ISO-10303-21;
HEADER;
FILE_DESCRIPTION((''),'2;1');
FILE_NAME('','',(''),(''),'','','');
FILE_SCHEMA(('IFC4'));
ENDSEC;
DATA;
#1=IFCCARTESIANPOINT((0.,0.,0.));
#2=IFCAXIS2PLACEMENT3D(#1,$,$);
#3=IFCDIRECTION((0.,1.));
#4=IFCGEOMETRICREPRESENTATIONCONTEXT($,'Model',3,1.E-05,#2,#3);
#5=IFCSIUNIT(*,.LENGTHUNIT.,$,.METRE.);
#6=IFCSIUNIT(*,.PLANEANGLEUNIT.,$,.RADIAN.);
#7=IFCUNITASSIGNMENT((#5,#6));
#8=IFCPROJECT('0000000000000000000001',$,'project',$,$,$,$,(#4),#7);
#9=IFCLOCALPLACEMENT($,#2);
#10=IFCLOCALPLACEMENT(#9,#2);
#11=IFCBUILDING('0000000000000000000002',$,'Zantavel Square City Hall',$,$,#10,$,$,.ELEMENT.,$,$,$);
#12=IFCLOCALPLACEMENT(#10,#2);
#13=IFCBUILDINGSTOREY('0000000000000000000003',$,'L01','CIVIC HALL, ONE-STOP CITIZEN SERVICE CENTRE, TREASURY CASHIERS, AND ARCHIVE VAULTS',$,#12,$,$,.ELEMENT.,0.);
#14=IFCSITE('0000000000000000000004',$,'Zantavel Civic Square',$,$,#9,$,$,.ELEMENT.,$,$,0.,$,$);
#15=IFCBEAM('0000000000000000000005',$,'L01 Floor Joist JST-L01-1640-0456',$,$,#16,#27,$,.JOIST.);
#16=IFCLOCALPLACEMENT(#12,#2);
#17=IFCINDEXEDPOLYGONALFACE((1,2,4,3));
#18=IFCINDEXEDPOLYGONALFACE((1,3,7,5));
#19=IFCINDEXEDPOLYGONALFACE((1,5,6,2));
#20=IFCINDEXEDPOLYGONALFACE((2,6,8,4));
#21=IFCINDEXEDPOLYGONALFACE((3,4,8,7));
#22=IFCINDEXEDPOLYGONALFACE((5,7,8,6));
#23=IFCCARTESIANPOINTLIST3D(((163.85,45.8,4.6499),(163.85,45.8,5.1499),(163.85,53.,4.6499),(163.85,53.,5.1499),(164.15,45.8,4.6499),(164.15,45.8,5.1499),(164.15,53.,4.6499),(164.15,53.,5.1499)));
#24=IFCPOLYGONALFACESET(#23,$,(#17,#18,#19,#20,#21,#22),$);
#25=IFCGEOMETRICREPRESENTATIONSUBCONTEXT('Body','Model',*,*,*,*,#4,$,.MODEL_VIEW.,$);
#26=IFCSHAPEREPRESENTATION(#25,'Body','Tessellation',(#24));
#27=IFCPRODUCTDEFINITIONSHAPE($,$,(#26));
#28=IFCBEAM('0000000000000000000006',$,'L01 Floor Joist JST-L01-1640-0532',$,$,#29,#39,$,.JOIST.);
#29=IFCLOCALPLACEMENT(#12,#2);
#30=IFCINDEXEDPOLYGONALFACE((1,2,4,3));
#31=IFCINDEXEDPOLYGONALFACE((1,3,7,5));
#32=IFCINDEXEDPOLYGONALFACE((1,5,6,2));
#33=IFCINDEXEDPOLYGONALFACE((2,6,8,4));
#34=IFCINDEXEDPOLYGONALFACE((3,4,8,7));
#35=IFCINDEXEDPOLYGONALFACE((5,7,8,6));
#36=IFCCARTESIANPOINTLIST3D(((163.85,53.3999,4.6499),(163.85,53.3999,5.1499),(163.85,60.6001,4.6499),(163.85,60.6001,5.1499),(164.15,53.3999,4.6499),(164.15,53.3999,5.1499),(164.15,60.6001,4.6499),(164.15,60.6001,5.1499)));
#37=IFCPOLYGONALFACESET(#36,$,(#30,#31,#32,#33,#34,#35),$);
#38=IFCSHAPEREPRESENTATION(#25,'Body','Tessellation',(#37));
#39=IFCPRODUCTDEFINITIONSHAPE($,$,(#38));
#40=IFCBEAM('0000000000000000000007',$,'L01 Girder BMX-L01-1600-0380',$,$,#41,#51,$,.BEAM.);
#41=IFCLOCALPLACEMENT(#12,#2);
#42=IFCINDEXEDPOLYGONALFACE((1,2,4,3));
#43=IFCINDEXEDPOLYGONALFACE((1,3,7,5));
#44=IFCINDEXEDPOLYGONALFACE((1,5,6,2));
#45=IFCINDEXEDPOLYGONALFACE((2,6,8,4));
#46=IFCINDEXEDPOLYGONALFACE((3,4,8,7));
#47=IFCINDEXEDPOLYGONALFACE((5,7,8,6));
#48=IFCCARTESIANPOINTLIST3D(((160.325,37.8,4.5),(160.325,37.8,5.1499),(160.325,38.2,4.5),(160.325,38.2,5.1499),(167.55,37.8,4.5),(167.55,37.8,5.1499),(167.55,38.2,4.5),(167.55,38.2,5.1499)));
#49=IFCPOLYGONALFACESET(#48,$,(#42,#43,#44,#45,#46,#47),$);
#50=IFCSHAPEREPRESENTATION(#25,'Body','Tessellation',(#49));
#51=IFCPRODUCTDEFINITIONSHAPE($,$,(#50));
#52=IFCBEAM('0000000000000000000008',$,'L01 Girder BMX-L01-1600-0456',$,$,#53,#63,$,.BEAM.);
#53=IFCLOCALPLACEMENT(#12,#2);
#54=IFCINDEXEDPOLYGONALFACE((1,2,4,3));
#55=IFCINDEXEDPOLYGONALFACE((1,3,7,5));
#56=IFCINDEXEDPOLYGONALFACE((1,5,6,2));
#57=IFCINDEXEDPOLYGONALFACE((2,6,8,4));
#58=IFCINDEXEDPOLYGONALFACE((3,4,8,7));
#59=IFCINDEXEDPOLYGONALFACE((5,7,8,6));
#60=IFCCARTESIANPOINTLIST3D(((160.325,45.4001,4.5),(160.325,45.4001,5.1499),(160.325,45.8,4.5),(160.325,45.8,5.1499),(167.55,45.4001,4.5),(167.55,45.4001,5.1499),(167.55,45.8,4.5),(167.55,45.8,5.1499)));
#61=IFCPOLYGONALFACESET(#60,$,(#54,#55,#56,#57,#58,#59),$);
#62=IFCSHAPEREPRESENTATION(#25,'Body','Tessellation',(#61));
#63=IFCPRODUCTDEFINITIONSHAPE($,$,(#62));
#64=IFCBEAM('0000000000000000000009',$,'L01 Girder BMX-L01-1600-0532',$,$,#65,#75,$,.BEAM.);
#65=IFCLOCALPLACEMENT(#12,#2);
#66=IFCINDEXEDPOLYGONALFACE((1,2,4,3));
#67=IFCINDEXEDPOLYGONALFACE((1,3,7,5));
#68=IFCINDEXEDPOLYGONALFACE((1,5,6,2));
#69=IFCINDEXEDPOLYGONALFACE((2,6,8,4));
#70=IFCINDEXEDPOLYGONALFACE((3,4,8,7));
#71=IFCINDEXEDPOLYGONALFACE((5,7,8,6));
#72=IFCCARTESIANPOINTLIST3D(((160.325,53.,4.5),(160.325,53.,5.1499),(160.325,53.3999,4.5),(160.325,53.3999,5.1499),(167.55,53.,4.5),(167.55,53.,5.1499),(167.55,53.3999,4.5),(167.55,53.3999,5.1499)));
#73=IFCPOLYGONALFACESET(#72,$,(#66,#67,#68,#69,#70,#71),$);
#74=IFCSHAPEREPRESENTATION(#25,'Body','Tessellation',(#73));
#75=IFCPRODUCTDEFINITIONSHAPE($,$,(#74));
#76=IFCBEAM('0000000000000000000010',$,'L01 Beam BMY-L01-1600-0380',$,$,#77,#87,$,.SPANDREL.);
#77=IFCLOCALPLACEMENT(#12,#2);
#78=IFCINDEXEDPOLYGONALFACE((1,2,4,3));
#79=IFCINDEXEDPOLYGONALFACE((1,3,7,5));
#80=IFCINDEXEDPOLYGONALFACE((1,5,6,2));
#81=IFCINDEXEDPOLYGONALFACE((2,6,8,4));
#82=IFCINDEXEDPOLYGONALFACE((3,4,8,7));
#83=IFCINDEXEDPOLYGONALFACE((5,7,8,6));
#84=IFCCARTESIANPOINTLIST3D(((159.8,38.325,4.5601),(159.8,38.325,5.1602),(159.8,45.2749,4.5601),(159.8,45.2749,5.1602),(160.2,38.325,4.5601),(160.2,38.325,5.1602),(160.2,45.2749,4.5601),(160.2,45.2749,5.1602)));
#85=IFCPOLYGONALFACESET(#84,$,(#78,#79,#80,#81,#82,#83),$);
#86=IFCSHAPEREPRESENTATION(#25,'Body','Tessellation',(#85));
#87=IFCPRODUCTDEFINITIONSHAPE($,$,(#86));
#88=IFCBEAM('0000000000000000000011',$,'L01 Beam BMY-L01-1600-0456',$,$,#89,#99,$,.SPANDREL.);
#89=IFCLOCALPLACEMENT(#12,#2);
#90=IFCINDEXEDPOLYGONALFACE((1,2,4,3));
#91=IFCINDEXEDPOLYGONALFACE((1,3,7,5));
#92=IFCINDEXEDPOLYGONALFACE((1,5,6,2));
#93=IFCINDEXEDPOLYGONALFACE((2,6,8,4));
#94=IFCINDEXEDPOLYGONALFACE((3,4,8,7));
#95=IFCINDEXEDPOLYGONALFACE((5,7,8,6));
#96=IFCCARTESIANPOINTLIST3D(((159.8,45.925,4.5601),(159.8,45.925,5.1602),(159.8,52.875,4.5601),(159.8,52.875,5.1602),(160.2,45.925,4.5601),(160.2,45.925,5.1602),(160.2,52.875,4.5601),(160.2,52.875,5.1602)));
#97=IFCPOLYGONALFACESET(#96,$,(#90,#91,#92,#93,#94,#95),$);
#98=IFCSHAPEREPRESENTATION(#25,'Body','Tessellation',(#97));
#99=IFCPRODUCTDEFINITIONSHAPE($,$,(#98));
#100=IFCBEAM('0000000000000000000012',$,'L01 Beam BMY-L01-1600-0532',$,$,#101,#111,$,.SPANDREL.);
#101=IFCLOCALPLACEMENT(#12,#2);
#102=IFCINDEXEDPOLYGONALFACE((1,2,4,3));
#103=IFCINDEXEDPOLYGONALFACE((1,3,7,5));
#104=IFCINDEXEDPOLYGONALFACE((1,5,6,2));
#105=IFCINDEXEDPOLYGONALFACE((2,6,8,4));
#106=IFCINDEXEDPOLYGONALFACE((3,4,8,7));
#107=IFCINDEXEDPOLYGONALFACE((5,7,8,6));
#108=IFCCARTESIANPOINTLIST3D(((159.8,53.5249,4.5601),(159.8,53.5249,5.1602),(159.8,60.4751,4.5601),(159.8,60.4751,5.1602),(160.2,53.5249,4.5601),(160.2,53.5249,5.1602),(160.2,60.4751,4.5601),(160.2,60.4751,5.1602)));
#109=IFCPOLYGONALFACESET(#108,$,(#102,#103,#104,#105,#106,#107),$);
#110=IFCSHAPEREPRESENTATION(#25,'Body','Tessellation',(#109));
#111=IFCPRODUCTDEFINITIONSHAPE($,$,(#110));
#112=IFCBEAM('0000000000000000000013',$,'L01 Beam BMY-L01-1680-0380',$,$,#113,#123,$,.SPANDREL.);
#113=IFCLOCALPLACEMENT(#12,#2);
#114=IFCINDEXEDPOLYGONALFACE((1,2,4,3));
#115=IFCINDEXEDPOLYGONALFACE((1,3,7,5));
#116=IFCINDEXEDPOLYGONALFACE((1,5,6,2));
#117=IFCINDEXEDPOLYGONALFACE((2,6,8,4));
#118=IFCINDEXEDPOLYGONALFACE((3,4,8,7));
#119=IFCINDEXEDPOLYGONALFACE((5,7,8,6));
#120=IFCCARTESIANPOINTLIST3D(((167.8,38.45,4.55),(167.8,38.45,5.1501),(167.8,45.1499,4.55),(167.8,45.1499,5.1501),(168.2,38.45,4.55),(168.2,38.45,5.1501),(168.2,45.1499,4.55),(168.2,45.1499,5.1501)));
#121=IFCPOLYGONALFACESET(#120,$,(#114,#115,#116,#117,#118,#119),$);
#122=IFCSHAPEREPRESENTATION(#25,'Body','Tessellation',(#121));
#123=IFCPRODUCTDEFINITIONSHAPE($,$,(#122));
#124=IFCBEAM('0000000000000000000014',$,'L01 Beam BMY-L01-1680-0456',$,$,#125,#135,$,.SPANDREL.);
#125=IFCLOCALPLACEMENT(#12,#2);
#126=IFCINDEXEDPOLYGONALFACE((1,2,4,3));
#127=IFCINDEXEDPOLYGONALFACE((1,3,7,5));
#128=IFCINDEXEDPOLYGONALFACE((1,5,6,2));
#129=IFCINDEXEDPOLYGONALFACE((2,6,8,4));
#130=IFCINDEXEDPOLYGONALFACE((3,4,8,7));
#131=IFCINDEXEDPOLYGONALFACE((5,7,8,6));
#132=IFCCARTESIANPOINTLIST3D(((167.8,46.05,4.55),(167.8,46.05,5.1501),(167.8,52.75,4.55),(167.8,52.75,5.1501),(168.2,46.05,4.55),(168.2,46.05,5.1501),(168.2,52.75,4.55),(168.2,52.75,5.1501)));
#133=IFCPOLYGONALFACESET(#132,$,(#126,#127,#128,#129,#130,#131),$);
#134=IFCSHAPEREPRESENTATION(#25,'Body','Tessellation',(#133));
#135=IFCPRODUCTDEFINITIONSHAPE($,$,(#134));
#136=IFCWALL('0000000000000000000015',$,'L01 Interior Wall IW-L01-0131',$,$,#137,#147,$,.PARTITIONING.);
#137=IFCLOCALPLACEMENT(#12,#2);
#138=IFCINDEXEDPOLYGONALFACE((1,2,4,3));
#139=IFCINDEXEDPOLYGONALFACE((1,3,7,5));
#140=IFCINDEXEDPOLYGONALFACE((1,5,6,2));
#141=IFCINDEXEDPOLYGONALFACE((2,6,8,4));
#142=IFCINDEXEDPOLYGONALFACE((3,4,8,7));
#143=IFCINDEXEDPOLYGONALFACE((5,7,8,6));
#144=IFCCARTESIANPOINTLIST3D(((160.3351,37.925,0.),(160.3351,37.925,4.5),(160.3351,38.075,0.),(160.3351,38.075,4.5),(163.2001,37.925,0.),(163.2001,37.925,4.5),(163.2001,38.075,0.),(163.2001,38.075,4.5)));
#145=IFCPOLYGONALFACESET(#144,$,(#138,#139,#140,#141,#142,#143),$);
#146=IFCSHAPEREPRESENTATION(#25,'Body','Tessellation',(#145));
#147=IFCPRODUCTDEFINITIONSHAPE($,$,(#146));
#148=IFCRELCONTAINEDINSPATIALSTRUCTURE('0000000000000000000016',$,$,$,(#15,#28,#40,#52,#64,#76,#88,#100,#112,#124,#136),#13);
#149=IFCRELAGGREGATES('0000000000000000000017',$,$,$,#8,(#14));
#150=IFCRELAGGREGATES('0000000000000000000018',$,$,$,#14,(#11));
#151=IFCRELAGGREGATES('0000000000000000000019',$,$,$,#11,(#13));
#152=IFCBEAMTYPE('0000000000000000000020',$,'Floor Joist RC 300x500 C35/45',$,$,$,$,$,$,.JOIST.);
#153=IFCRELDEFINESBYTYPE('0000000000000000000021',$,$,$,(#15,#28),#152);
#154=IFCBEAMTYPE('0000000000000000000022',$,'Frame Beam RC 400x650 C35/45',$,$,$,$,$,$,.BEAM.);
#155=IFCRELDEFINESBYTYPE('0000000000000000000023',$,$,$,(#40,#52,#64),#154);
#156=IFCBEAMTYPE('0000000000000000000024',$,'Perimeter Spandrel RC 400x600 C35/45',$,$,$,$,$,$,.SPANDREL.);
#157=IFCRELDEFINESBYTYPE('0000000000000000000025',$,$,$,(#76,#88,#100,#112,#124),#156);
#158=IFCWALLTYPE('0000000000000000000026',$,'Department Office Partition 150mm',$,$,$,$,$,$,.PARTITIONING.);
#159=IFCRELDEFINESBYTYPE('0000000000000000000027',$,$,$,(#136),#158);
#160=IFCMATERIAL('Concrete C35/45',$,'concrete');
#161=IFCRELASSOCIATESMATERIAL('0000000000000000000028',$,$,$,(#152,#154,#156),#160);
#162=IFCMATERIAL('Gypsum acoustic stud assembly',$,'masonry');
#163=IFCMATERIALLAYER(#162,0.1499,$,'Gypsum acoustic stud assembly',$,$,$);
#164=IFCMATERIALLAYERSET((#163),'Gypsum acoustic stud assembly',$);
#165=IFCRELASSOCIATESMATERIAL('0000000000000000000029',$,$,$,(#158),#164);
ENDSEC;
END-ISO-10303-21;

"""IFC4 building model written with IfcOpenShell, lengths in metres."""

from ifc_helpers import new_model, si_unit, direction, frame, frame_2d, origin, origin_2d, place, context, subcontext, project, spatial, rectangle, extrude, material, layer, layer_set, material_profile, profile_set, type_object, element, save


model = new_model("IFC4")

# Units and contexts
model_context = context("Model", 3, precision=1e-05, world=origin(), true_north=direction((0.0, 1.0)))
body_context = subcontext(model_context, "Body", "Model", "MODEL_VIEW")
ifc_project = project(units=[si_unit("LENGTHUNIT", "METRE"), si_unit("PLANEANGLEUNIT", "RADIAN")], contexts=[model_context])

# Site, building, storey
site_placement = place(None, origin())
site = spatial("IfcSite", under=ifc_project, at=site_placement, Name="Zantavel Civic Square", CompositionType="ELEMENT", RefElevation=0.0)
building_placement = place(site_placement, origin())
building = spatial("IfcBuilding", under=site, at=building_placement, Name="Zantavel Square City Hall", CompositionType="ELEMENT")
storey_placement = place(building_placement, origin())
storey = spatial("IfcBuildingStorey", under=building, at=storey_placement, Name="L01", Description="CIVIC HALL, ONE-STOP CITIZEN SERVICE CENTRE, TREASURY CASHIERS, AND ARCHIVE VAULTS", CompositionType="ELEMENT", Elevation=0.0)

# Beams
ifc_material_1 = material(Name="Concrete C35/45", Category="concrete")
ifc_material_profile_1 = material_profile(ifc_material_1, rectangle(XDim=0.3, YDim=0.5, at=origin_2d()), Name="RC 300x500")
ifc_profile_set_1 = profile_set([ifc_material_profile_1], Name="Concrete C35/45")
beam_type_1 = type_object("IfcBeamType", Name="Floor Joist RC 300x500 C35/45", PredefinedType="JOIST", material=ifc_profile_set_1)
for number, where, z_axis, x_axis, name in (
    (1, (164.0, 45.8, 4.8999), (0.0, 1.0, 0.0), (-1.0, 0.0, 0.0), "L01 Floor Joist JST-L01-1640-0456"),
):
    element("IfcBeam", number, at=place(storey_placement, frame(where, z_axis=z_axis, x_axis=x_axis)), inside=storey, type_object=beam_type_1, Name=name, PredefinedType="JOIST", context=body_context, shape_type="SweptSolid", body=[
        extrude(rectangle(XDim=0.3, YDim=0.5, at=origin_2d()), origin(), (0.0, 0.0, 1.0), 7.2),
    ])
beam_1_placement = place(storey_placement, frame((164.0, 53.3999, 4.8999), z_axis=(0.0, 1.0, 0.0), x_axis=(-1.0, 0.0, 0.0)))
element("IfcBeam", 2, at=beam_1_placement, inside=storey, type_object=beam_type_1, Name="L01 Floor Joist JST-L01-1640-0532", PredefinedType="JOIST", context=body_context, shape_type="SweptSolid", body=[
    extrude(rectangle(XDim=0.3, YDim=0.5, at=origin_2d()), origin(), (0.0, 0.0, 1.0), 7.2002),
])
ifc_material_profile_2 = material_profile(ifc_material_1, rectangle(XDim=0.3999, YDim=0.6499, at=origin_2d()), Name="RC 400x650")
ifc_profile_set_2 = profile_set([ifc_material_profile_2], Name="Concrete C35/45")
beam_type_2 = type_object("IfcBeamType", Name="Frame Beam RC 400x650 C35/45", PredefinedType="BEAM", material=ifc_profile_set_2)
for number, where, z_axis, x_axis, name in (
    (3, (160.325, 38.0, 4.825), (1.0, 0.0, 0.0), (0.0, 1.0, 0.0), "L01 Girder BMX-L01-1600-0380"),
    (4, (160.325, 45.6001, 4.825), (1.0, 0.0, 0.0), (0.0, 1.0, 0.0), "L01 Girder BMX-L01-1600-0456"),
    (5, (160.325, 53.2, 4.825), (1.0, 0.0, 0.0), (0.0, 1.0, 0.0), "L01 Girder BMX-L01-1600-0532"),
):
    element("IfcBeam", number, at=place(storey_placement, frame(where, z_axis=z_axis, x_axis=x_axis)), inside=storey, type_object=beam_type_2, Name=name, PredefinedType="BEAM", context=body_context, shape_type="SweptSolid", body=[
        extrude(rectangle(XDim=0.3999, YDim=0.6499, at=origin_2d()), origin(), (0.0, 0.0, 1.0), 7.2251),
    ])
ifc_material_profile_3 = material_profile(ifc_material_1, rectangle(XDim=0.3999, YDim=0.6001, at=origin_2d()), Name="RC 400x600")
ifc_profile_set_3 = profile_set([ifc_material_profile_3], Name="Concrete C35/45")
beam_type_3 = type_object("IfcBeamType", Name="Perimeter Spandrel RC 400x600 C35/45", PredefinedType="SPANDREL", material=ifc_profile_set_3)
for number, where, z_axis, x_axis, name in (
    (6, (160.0, 38.325, 4.8601), (0.0, 1.0, 0.0), (-1.0, 0.0, 0.0), "L01 Beam BMY-L01-1600-0380"),
    (7, (160.0, 45.925, 4.8601), (0.0, 1.0, 0.0), (-1.0, 0.0, 0.0), "L01 Beam BMY-L01-1600-0456"),
):
    element("IfcBeam", number, at=place(storey_placement, frame(where, z_axis=z_axis, x_axis=x_axis)), inside=storey, type_object=beam_type_3, Name=name, PredefinedType="SPANDREL", context=body_context, shape_type="SweptSolid", body=[
        extrude(rectangle(XDim=0.3999, YDim=0.6001, at=origin_2d()), origin(), (0.0, 0.0, 1.0), 6.95),
    ])
beam_2_placement = place(storey_placement, frame((160.0, 53.5249, 4.8601), z_axis=(0.0, 1.0, 0.0), x_axis=(-1.0, 0.0, 0.0)))
element("IfcBeam", 8, at=beam_2_placement, inside=storey, type_object=beam_type_3, Name="L01 Beam BMY-L01-1600-0532", PredefinedType="SPANDREL", context=body_context, shape_type="SweptSolid", body=[
    extrude(rectangle(XDim=0.3999, YDim=0.6001, at=origin_2d()), origin(), (0.0, 0.0, 1.0), 6.9502),
])
for number, where, z_axis, x_axis, name in (
    (9, (168.0, 38.45, 4.8501), (0.0, 1.0, 0.0), (-1.0, 0.0, 0.0), "L01 Beam BMY-L01-1680-0380"),
    (10, (168.0, 46.05, 4.8501), (0.0, 1.0, 0.0), (-1.0, 0.0, 0.0), "L01 Beam BMY-L01-1680-0456"),
):
    element("IfcBeam", number, at=place(storey_placement, frame(where, z_axis=z_axis, x_axis=x_axis)), inside=storey, type_object=beam_type_3, Name=name, PredefinedType="SPANDREL", context=body_context, shape_type="SweptSolid", body=[
        extrude(rectangle(XDim=0.3999, YDim=0.6001, at=origin_2d()), origin(), (0.0, 0.0, 1.0), 6.7),
    ])

# Wall
ifc_material_2 = material(Name="Gypsum acoustic stud assembly", Category="masonry")
ifc_layer_1 = layer(ifc_material_2, 0.1499, Name="Gypsum acoustic stud assembly")
ifc_layer_set_1 = layer_set([ifc_layer_1], Name="Gypsum acoustic stud assembly")
wall_type_1 = type_object("IfcWallType", Name="Department Office Partition 150mm", PredefinedType="PARTITIONING", material=ifc_layer_set_1)
wall_1_placement = place(storey_placement, frame((160.335, 38.0, 0.0), z_axis=(0.0, 0.0, 1.0), x_axis=(1.0, 0.0, 0.0)))
element("IfcWall", 11, at=wall_1_placement, inside=storey, type_object=wall_type_1, Name="L01 Interior Wall IW-L01-0131", PredefinedType="PARTITIONING", context=body_context, shape_type="SweptSolid", body=[
    extrude(rectangle(XDim=2.865, YDim=0.1499, at=frame_2d((1.4326, 0.0))), origin(), (0.0, 0.0, 1.0), 4.5),
])

save(model, "model.ifc")
